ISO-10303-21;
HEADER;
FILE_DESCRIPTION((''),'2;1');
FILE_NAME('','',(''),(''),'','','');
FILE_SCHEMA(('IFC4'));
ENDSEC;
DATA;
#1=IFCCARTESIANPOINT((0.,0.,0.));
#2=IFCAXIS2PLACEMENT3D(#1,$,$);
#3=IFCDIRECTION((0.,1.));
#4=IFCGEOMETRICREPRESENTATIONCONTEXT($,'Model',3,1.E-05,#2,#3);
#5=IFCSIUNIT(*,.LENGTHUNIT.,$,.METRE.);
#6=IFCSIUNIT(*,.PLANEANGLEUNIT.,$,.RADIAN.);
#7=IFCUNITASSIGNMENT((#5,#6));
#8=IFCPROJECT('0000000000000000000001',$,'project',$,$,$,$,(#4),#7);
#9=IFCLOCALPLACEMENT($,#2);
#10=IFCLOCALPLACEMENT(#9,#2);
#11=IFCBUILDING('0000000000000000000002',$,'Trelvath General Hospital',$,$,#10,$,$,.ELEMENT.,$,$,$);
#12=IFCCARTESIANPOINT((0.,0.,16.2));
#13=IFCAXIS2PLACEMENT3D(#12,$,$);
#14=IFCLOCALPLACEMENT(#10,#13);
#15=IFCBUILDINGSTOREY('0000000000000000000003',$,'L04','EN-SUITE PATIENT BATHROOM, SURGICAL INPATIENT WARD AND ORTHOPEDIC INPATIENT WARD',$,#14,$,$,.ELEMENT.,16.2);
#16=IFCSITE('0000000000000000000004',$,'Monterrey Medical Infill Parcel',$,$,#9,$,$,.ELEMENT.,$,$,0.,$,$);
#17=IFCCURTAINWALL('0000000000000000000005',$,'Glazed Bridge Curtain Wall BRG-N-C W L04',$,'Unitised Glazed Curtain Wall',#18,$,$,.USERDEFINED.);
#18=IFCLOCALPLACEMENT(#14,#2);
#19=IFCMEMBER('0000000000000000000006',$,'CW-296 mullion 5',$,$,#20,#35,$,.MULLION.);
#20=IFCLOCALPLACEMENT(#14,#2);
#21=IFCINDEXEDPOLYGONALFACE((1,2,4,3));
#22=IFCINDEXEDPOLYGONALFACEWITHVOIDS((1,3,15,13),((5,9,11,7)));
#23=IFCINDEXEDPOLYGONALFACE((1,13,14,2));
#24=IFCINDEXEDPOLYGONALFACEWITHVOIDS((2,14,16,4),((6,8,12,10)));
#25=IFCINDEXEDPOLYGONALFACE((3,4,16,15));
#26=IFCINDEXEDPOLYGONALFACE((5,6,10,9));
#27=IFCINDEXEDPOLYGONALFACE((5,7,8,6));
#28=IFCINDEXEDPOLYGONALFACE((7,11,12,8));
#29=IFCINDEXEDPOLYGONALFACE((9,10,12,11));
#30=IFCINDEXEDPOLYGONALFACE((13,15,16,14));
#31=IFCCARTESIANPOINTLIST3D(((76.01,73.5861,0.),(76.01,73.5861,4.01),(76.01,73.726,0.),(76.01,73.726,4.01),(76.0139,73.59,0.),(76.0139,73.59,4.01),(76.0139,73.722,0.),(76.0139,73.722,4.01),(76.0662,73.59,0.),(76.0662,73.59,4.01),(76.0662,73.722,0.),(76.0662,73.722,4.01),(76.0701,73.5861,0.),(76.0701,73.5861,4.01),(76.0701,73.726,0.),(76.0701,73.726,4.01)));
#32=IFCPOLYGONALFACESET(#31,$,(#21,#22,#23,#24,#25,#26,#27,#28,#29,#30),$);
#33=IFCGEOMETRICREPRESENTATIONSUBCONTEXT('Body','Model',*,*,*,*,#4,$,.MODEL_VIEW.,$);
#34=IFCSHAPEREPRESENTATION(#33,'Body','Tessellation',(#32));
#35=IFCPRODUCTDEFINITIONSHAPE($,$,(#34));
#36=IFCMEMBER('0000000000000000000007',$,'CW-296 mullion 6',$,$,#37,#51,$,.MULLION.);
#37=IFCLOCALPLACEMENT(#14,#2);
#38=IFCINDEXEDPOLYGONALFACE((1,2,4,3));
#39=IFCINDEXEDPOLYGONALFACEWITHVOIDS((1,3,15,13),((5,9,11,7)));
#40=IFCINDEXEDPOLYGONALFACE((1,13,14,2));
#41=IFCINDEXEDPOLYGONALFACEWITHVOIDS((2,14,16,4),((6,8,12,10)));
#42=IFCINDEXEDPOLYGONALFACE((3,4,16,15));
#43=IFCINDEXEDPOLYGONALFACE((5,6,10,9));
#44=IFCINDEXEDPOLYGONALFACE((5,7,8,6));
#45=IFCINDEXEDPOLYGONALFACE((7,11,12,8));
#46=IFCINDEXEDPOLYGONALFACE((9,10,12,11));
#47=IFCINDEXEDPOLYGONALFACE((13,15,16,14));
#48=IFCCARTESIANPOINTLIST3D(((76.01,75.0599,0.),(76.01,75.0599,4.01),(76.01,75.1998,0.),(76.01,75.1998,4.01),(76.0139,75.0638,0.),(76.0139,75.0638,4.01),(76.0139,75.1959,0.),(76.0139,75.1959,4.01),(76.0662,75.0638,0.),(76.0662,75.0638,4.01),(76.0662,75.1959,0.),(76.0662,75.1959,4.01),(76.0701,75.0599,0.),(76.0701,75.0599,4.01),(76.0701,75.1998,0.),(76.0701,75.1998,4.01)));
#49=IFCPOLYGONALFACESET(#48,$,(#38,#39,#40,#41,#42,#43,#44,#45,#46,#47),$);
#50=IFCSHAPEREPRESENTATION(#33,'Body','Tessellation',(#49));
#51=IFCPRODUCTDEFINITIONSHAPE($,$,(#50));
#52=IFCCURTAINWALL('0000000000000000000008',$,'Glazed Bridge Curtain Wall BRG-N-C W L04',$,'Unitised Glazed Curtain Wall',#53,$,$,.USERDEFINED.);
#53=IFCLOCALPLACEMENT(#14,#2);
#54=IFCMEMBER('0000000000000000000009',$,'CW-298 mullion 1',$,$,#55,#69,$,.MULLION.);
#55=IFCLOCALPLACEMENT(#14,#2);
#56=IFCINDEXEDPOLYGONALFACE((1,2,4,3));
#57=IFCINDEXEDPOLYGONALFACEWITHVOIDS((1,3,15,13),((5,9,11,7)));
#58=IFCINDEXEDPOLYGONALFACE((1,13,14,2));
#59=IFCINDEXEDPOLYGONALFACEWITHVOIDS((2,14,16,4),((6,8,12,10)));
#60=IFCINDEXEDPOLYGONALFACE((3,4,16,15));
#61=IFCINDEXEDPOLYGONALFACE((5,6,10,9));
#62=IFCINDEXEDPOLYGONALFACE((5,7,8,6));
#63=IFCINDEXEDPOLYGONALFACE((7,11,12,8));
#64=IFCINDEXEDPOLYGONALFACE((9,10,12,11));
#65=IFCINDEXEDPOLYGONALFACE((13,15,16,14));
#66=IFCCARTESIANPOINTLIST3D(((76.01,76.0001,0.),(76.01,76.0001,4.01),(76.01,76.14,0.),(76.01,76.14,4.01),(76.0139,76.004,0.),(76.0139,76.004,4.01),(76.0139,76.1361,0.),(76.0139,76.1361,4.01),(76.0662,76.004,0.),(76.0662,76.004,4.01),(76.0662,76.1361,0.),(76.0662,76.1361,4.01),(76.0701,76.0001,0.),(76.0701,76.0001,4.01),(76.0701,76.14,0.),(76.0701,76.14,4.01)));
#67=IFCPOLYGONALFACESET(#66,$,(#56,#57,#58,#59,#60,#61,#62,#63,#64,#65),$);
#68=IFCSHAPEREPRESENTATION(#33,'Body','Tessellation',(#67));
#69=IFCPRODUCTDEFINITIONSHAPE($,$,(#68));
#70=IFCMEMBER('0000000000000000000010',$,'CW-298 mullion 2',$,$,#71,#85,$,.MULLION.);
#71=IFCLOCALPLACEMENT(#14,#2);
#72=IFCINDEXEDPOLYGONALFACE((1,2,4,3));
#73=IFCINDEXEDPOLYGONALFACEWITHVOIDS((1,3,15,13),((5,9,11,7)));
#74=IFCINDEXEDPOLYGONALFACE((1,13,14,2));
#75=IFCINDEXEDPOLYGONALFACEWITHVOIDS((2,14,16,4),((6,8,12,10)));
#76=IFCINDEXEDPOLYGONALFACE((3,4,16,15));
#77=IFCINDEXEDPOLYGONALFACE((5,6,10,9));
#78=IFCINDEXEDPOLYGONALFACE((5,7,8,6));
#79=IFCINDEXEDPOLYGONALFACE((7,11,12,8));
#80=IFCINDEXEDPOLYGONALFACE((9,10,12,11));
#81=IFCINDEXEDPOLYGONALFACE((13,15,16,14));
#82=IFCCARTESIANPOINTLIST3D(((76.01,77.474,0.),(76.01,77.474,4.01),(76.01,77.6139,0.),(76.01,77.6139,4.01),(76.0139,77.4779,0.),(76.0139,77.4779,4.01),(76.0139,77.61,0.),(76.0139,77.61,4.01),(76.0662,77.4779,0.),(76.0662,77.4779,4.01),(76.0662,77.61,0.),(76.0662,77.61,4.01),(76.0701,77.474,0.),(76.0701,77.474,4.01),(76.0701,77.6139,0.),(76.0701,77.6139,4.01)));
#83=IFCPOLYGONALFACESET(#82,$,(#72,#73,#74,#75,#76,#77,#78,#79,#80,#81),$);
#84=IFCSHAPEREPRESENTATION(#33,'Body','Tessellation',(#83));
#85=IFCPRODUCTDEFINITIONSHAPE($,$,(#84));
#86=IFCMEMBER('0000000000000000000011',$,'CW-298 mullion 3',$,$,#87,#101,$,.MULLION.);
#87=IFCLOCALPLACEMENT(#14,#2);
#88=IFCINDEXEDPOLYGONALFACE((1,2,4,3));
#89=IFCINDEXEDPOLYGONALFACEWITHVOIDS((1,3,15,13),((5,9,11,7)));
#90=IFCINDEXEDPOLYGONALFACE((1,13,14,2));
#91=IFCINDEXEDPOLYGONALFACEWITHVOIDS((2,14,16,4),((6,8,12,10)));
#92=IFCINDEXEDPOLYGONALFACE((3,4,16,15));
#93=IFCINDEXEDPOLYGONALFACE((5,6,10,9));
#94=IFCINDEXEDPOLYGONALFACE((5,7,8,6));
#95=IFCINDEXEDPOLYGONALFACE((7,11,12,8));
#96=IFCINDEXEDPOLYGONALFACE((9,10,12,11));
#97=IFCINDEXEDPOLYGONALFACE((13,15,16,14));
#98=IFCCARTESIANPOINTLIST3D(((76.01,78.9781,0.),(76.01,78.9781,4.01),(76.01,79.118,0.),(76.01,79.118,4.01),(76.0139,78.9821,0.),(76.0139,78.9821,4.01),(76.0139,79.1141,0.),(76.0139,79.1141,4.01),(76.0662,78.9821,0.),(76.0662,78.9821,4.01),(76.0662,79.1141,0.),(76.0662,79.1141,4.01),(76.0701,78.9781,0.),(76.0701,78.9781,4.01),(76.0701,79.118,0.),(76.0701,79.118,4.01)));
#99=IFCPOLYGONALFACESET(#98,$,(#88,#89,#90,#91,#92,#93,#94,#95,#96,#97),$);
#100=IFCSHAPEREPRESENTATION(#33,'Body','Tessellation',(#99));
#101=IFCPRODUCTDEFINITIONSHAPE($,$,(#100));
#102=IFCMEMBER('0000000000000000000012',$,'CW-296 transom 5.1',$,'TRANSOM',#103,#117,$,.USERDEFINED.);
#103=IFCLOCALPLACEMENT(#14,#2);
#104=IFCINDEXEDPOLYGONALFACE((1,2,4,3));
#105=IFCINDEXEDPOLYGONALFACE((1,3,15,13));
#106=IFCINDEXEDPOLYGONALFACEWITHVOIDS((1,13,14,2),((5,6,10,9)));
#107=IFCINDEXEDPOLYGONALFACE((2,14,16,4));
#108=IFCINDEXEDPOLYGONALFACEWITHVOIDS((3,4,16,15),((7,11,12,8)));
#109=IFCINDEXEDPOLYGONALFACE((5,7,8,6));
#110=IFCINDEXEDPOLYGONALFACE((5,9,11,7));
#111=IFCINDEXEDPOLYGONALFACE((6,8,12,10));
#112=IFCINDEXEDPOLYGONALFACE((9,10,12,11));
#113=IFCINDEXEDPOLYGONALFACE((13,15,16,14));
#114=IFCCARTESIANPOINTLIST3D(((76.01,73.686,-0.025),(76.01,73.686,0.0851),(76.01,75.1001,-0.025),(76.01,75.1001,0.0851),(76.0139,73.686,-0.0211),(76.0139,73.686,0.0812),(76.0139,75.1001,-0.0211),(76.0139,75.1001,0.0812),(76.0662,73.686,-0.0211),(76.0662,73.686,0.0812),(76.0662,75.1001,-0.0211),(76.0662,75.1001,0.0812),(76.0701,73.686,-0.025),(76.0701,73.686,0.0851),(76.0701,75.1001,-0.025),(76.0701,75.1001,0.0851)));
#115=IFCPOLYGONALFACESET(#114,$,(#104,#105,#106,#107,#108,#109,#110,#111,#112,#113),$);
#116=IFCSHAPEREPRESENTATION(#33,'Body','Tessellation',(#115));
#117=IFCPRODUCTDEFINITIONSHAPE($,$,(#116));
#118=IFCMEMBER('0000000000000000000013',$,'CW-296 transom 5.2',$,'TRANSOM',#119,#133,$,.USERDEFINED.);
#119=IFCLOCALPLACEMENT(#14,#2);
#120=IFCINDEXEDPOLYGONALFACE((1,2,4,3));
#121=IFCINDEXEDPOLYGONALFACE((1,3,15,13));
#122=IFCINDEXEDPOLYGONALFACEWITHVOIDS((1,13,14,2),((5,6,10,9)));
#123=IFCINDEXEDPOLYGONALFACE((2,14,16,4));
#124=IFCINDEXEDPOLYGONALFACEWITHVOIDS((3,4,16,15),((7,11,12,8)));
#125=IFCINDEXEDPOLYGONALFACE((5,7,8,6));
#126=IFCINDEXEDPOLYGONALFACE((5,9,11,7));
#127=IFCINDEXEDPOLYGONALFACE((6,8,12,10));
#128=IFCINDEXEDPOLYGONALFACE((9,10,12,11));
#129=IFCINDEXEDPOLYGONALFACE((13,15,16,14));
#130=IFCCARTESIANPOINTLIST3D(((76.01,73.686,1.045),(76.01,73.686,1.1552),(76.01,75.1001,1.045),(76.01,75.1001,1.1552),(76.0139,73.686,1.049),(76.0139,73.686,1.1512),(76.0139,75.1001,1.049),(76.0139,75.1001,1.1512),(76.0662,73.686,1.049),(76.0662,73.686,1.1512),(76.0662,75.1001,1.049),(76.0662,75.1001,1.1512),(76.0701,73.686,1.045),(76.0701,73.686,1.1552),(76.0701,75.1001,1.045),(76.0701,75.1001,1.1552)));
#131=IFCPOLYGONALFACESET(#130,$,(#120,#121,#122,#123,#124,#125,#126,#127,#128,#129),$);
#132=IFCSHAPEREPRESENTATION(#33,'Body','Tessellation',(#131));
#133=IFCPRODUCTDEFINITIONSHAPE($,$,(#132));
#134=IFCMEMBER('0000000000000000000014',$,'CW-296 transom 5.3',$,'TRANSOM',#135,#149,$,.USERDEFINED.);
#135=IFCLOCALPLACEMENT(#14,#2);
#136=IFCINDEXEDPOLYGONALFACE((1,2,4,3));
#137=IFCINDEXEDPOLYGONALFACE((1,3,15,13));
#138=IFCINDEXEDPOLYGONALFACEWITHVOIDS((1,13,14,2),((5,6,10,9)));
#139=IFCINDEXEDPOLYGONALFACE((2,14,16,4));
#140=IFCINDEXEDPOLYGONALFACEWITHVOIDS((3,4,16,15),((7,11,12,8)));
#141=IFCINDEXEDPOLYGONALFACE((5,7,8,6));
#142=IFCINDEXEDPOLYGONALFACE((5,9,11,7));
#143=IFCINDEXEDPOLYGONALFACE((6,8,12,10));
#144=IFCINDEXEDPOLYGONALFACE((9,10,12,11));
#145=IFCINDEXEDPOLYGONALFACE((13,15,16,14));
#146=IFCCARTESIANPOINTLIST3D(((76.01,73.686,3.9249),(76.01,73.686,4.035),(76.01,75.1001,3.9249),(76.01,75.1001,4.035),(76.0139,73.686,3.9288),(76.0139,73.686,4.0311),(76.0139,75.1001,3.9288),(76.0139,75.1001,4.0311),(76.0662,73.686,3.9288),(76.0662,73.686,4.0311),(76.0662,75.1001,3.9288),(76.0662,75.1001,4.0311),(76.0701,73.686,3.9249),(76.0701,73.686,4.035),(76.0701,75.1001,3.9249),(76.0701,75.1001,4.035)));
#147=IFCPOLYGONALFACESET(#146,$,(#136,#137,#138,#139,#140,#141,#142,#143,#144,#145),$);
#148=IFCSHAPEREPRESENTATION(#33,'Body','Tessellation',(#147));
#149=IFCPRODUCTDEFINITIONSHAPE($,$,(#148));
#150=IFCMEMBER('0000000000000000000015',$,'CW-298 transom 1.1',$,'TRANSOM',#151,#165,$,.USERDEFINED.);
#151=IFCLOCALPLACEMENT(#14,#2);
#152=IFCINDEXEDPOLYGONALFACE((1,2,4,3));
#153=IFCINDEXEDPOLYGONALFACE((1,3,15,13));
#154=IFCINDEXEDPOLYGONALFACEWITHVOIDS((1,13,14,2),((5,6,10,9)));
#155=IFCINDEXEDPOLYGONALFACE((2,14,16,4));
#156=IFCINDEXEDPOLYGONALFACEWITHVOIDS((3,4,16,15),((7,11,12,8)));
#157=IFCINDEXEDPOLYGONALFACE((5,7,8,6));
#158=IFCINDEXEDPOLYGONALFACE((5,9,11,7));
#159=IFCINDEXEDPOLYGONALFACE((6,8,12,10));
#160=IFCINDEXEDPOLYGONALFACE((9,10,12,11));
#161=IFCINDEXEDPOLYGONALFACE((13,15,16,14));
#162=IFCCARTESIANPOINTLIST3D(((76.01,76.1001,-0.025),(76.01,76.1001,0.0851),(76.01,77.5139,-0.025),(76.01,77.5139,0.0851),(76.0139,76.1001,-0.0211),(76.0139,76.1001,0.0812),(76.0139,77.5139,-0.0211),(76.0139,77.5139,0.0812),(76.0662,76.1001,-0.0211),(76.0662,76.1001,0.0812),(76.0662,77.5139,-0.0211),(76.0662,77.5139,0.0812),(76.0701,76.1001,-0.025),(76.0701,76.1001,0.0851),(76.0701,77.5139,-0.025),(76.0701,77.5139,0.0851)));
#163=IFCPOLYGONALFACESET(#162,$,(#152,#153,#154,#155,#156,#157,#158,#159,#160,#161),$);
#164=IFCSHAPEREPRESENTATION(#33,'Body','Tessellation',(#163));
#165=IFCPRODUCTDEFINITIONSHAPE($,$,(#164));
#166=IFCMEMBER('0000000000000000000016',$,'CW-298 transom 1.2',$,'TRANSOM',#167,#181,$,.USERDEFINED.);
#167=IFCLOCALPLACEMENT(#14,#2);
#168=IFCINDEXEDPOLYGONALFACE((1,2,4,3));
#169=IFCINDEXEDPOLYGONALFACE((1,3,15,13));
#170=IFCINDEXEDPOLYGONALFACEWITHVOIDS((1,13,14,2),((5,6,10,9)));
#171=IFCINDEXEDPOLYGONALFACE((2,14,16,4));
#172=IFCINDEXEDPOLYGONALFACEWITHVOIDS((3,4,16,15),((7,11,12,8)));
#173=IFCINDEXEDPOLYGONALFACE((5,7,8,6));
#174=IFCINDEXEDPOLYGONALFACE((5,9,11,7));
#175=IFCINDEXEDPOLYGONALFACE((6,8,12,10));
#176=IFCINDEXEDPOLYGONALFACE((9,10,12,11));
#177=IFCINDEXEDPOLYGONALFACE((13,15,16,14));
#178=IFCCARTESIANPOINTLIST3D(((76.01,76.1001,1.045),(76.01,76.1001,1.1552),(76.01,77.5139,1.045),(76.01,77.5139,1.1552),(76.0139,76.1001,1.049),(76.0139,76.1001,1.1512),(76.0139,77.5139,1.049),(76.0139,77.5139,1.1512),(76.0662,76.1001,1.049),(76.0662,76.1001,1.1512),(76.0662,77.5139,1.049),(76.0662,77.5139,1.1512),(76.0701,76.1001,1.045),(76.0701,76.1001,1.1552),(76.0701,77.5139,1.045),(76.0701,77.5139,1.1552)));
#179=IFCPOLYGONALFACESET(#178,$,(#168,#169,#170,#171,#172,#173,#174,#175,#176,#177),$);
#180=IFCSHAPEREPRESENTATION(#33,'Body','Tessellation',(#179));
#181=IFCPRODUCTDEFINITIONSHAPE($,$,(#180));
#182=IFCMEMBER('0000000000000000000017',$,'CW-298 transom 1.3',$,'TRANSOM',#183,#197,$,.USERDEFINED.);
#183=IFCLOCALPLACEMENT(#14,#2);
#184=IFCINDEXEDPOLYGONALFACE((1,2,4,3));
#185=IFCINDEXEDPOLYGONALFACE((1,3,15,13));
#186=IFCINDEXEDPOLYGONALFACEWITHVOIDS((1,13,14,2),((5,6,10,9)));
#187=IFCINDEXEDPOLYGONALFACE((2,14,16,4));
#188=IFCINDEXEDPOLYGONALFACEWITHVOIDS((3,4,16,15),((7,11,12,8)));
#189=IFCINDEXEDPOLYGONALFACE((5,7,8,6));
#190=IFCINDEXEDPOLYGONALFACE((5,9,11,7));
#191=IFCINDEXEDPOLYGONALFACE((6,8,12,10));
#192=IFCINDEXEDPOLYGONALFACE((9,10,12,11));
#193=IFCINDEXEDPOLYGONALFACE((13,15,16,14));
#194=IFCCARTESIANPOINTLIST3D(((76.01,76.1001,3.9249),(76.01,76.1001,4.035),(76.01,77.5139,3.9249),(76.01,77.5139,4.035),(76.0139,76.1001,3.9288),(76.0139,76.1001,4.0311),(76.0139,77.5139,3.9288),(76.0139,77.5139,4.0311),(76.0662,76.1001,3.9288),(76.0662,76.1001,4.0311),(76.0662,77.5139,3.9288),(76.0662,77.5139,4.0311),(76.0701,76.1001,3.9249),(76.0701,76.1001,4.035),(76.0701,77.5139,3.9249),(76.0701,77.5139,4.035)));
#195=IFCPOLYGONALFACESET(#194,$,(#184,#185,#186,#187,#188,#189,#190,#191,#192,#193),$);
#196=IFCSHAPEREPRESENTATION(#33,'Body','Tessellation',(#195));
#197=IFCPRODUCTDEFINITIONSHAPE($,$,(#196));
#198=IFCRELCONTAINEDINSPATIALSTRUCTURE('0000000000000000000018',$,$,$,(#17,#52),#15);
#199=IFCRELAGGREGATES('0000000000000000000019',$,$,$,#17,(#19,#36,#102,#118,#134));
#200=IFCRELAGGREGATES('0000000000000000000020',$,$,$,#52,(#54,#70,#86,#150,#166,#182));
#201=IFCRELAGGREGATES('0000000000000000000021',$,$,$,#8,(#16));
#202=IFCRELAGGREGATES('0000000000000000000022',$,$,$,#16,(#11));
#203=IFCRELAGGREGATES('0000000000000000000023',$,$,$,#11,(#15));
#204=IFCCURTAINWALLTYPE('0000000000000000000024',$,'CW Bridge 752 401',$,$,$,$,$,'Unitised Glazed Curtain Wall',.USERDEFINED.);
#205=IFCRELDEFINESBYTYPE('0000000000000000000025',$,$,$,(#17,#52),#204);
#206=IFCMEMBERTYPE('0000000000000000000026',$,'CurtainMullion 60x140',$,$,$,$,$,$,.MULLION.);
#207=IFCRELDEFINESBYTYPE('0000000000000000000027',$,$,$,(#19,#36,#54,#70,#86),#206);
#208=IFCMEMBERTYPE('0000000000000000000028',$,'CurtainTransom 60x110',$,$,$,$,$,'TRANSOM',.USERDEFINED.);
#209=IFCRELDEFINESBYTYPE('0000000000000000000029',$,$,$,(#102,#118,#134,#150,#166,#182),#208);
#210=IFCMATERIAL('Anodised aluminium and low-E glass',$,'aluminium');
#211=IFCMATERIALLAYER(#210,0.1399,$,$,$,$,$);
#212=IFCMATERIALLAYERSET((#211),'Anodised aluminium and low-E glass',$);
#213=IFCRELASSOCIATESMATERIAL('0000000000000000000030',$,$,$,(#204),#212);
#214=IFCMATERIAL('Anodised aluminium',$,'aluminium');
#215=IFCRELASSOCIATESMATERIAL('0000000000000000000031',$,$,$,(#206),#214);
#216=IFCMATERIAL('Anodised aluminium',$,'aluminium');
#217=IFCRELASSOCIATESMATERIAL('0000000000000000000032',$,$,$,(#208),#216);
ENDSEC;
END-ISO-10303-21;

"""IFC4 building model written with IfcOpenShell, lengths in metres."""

from ifc_helpers import new_model, si_unit, direction, frame, origin, origin_2d, place, context, subcontext, project, spatial, hollow_rectangle, extrude, material, layer, layer_set, material_profile, profile_set, type_object, element, aggregate, save


model = new_model("IFC4")

# Units and contexts
model_context = context("Model", 3, precision=1e-05, world=origin(), true_north=direction((0.0, 1.0)))
body_context = subcontext(model_context, "Body", "Model", "MODEL_VIEW")
ifc_project = project(units=[si_unit("LENGTHUNIT", "METRE"), si_unit("PLANEANGLEUNIT", "RADIAN")], contexts=[model_context])

# Site, building, storey
site_placement = place(None, origin())
site = spatial("IfcSite", under=ifc_project, at=site_placement, Name="Monterrey Medical Infill Parcel", CompositionType="ELEMENT", RefElevation=0.0)
building_placement = place(site_placement, origin())
building = spatial("IfcBuilding", under=site, at=building_placement, Name="Trelvath General Hospital", CompositionType="ELEMENT")
storey_placement = place(building_placement, frame((0.0, 0.0, 16.2)))
storey = spatial("IfcBuildingStorey", under=building, at=storey_placement, Name="L04", Description="EN-SUITE PATIENT BATHROOM, SURGICAL INPATIENT WARD AND ORTHOPEDIC INPATIENT WARD", CompositionType="ELEMENT", Elevation=16.2)

# Curtain walls, members
ifc_material_1 = material(Name="Anodised aluminium and low-E glass", Category="aluminium")
ifc_layer_1 = layer(ifc_material_1, 0.1399)
ifc_layer_set_1 = layer_set([ifc_layer_1], Name="Anodised aluminium and low-E glass")
curtain_wall_type = type_object("IfcCurtainWallType", Name="CW Bridge 752 401", ElementType="Unitised Glazed Curtain Wall", PredefinedType="USERDEFINED", material=ifc_layer_set_1)
curtain_wall_1_placement = place(storey_placement, origin())
curtain_wall_1 = element("IfcCurtainWall", 1, at=curtain_wall_1_placement, inside=storey, type_object=curtain_wall_type, Name="Glazed Bridge Curtain Wall BRG-N-C W L04", ObjectType="Unitised Glazed Curtain Wall", PredefinedType="USERDEFINED")
ifc_material_2 = material(Name="Anodised aluminium", Category="aluminium")
ifc_material_profile_1 = material_profile(ifc_material_2, hollow_rectangle(XDim=0.0601, YDim=0.1399, WallThickness=0.0039, at=origin_2d()), Name="RHS60x140x4")
ifc_profile_set_1 = profile_set([ifc_material_profile_1], Name="Anodised aluminium")
member_type_1 = type_object("IfcMemberType", Name="CurtainMullion 60x140", PredefinedType="MULLION", material=ifc_profile_set_1)
member_1_placement = place(storey_placement, frame((76.04, 73.656, 0.0), z_axis=(0.0, 0.0, 1.0), x_axis=(-1.0, 0.0, 0.0)))
member_1 = element("IfcMember", 2, at=member_1_placement, type_object=member_type_1, Name="CW-296 mullion 5", PredefinedType="MULLION", context=body_context, shape_type="SweptSolid", body=[
    extrude(hollow_rectangle(XDim=0.0601, YDim=0.1399, WallThickness=0.0039, at=origin_2d()), origin(), (0.0, 0.0, 1.0), 4.01),
])
member_2_placement = place(storey_placement, frame((76.04, 75.1299, 0.0), z_axis=(0.0, 0.0, 1.0), x_axis=(-1.0, 0.0, 0.0)))
member_2 = element("IfcMember", 3, at=member_2_placement, type_object=member_type_1, Name="CW-296 mullion 6", PredefinedType="MULLION", context=body_context, shape_type="SweptSolid", body=[
    extrude(hollow_rectangle(XDim=0.0601, YDim=0.1399, WallThickness=0.0039, at=origin_2d()), origin(), (0.0, 0.0, 1.0), 4.01),
])
curtain_wall_2_placement = place(storey_placement, origin())
curtain_wall_2 = element("IfcCurtainWall", 4, at=curtain_wall_2_placement, inside=storey, type_object=curtain_wall_type, Name="Glazed Bridge Curtain Wall BRG-N-C W L04", ObjectType="Unitised Glazed Curtain Wall", PredefinedType="USERDEFINED")
member_3_placement = place(storey_placement, frame((76.04, 76.0701, 0.0), z_axis=(0.0, 0.0, 1.0), x_axis=(-1.0, 0.0, 0.0)))
member_3 = element("IfcMember", 5, at=member_3_placement, type_object=member_type_1, Name="CW-298 mullion 1", PredefinedType="MULLION", context=body_context, shape_type="SweptSolid", body=[
    extrude(hollow_rectangle(XDim=0.0601, YDim=0.1399, WallThickness=0.0039, at=origin_2d()), origin(), (0.0, 0.0, 1.0), 4.01),
])
member_4_placement = place(storey_placement, frame((76.04, 77.5439, 0.0), z_axis=(0.0, 0.0, 1.0), x_axis=(-1.0, 0.0, 0.0)))
member_4 = element("IfcMember", 6, at=member_4_placement, type_object=member_type_1, Name="CW-298 mullion 2", PredefinedType="MULLION", context=body_context, shape_type="SweptSolid", body=[
    extrude(hollow_rectangle(XDim=0.0601, YDim=0.1399, WallThickness=0.0039, at=origin_2d()), origin(), (0.0, 0.0, 1.0), 4.01),
])
member_5_placement = place(storey_placement, frame((76.04, 79.0481, 0.0), z_axis=(0.0, 0.0, 1.0), x_axis=(-1.0, 0.0, 0.0)))
member_5 = element("IfcMember", 7, at=member_5_placement, type_object=member_type_1, Name="CW-298 mullion 3", PredefinedType="MULLION", context=body_context, shape_type="SweptSolid", body=[
    extrude(hollow_rectangle(XDim=0.0601, YDim=0.1399, WallThickness=0.0039, at=origin_2d()), origin(), (0.0, 0.0, 1.0), 4.01),
])

# Members
ifc_material_3 = material(Name="Anodised aluminium", Category="aluminium")
ifc_material_profile_2 = material_profile(ifc_material_3, hollow_rectangle(XDim=0.0601, YDim=0.1101, WallThickness=0.0039, at=origin_2d()), Name="RHS60x110x4")
ifc_profile_set_2 = profile_set([ifc_material_profile_2], Name="Anodised aluminium")
member_type_2 = type_object("IfcMemberType", Name="CurtainTransom 60x110", ElementType="TRANSOM", PredefinedType="USERDEFINED", material=ifc_profile_set_2)
member_6_placement = place(storey_placement, frame((76.04, 73.686, 0.03), z_axis=(0.0, 1.0, 0.0), x_axis=(-1.0, 0.0, 0.0)))
member_6 = element("IfcMember", 8, at=member_6_placement, type_object=member_type_2, Name="CW-296 transom 5.1", ObjectType="TRANSOM", PredefinedType="USERDEFINED", context=body_context, shape_type="SweptSolid", body=[
    extrude(hollow_rectangle(XDim=0.0601, YDim=0.1101, WallThickness=0.0039, at=origin_2d()), origin(), (0.0, 0.0, 1.0), 1.4141),
])
member_7_placement = place(storey_placement, frame((76.04, 73.686, 1.1001), z_axis=(0.0, 1.0, 0.0), x_axis=(-1.0, 0.0, 0.0)))
member_7 = element("IfcMember", 9, at=member_7_placement, type_object=member_type_2, Name="CW-296 transom 5.2", ObjectType="TRANSOM", PredefinedType="USERDEFINED", context=body_context, shape_type="SweptSolid", body=[
    extrude(hollow_rectangle(XDim=0.0601, YDim=0.1101, WallThickness=0.0039, at=origin_2d()), origin(), (0.0, 0.0, 1.0), 1.4141),
])
member_8_placement = place(storey_placement, frame((76.04, 73.686, 3.98), z_axis=(0.0, 1.0, 0.0), x_axis=(-1.0, 0.0, 0.0)))
member_8 = element("IfcMember", 10, at=member_8_placement, type_object=member_type_2, Name="CW-296 transom 5.3", ObjectType="TRANSOM", PredefinedType="USERDEFINED", context=body_context, shape_type="SweptSolid", body=[
    extrude(hollow_rectangle(XDim=0.0601, YDim=0.1101, WallThickness=0.0039, at=origin_2d()), origin(), (0.0, 0.0, 1.0), 1.4141),
])
member_9_placement = place(storey_placement, frame((76.04, 76.1001, 0.03), z_axis=(0.0, 1.0, 0.0), x_axis=(-1.0, 0.0, 0.0)))
member_9 = element("IfcMember", 11, at=member_9_placement, type_object=member_type_2, Name="CW-298 transom 1.1", ObjectType="TRANSOM", PredefinedType="USERDEFINED", context=body_context, shape_type="SweptSolid", body=[
    extrude(hollow_rectangle(XDim=0.0601, YDim=0.1101, WallThickness=0.0039, at=origin_2d()), origin(), (0.0, 0.0, 1.0), 1.4138),
])
member_10_placement = place(storey_placement, frame((76.04, 76.1001, 1.1001), z_axis=(0.0, 1.0, 0.0), x_axis=(-1.0, 0.0, 0.0)))
member_10 = element("IfcMember", 12, at=member_10_placement, type_object=member_type_2, Name="CW-298 transom 1.2", ObjectType="TRANSOM", PredefinedType="USERDEFINED", context=body_context, shape_type="SweptSolid", body=[
    extrude(hollow_rectangle(XDim=0.0601, YDim=0.1101, WallThickness=0.0039, at=origin_2d()), origin(), (0.0, 0.0, 1.0), 1.4138),
])
member_11_placement = place(storey_placement, frame((76.04, 76.1001, 3.98), z_axis=(0.0, 1.0, 0.0), x_axis=(-1.0, 0.0, 0.0)))
member_11 = element("IfcMember", 13, at=member_11_placement, type_object=member_type_2, Name="CW-298 transom 1.3", ObjectType="TRANSOM", PredefinedType="USERDEFINED", context=body_context, shape_type="SweptSolid", body=[
    extrude(hollow_rectangle(XDim=0.0601, YDim=0.1101, WallThickness=0.0039, at=origin_2d()), origin(), (0.0, 0.0, 1.0), 1.4138),
])

aggregate(curtain_wall_1, [member_1, member_2, member_6, member_7, member_8])
aggregate(curtain_wall_2, [member_3, member_4, member_5, member_9, member_10, member_11])

save(model, "model.ifc")
